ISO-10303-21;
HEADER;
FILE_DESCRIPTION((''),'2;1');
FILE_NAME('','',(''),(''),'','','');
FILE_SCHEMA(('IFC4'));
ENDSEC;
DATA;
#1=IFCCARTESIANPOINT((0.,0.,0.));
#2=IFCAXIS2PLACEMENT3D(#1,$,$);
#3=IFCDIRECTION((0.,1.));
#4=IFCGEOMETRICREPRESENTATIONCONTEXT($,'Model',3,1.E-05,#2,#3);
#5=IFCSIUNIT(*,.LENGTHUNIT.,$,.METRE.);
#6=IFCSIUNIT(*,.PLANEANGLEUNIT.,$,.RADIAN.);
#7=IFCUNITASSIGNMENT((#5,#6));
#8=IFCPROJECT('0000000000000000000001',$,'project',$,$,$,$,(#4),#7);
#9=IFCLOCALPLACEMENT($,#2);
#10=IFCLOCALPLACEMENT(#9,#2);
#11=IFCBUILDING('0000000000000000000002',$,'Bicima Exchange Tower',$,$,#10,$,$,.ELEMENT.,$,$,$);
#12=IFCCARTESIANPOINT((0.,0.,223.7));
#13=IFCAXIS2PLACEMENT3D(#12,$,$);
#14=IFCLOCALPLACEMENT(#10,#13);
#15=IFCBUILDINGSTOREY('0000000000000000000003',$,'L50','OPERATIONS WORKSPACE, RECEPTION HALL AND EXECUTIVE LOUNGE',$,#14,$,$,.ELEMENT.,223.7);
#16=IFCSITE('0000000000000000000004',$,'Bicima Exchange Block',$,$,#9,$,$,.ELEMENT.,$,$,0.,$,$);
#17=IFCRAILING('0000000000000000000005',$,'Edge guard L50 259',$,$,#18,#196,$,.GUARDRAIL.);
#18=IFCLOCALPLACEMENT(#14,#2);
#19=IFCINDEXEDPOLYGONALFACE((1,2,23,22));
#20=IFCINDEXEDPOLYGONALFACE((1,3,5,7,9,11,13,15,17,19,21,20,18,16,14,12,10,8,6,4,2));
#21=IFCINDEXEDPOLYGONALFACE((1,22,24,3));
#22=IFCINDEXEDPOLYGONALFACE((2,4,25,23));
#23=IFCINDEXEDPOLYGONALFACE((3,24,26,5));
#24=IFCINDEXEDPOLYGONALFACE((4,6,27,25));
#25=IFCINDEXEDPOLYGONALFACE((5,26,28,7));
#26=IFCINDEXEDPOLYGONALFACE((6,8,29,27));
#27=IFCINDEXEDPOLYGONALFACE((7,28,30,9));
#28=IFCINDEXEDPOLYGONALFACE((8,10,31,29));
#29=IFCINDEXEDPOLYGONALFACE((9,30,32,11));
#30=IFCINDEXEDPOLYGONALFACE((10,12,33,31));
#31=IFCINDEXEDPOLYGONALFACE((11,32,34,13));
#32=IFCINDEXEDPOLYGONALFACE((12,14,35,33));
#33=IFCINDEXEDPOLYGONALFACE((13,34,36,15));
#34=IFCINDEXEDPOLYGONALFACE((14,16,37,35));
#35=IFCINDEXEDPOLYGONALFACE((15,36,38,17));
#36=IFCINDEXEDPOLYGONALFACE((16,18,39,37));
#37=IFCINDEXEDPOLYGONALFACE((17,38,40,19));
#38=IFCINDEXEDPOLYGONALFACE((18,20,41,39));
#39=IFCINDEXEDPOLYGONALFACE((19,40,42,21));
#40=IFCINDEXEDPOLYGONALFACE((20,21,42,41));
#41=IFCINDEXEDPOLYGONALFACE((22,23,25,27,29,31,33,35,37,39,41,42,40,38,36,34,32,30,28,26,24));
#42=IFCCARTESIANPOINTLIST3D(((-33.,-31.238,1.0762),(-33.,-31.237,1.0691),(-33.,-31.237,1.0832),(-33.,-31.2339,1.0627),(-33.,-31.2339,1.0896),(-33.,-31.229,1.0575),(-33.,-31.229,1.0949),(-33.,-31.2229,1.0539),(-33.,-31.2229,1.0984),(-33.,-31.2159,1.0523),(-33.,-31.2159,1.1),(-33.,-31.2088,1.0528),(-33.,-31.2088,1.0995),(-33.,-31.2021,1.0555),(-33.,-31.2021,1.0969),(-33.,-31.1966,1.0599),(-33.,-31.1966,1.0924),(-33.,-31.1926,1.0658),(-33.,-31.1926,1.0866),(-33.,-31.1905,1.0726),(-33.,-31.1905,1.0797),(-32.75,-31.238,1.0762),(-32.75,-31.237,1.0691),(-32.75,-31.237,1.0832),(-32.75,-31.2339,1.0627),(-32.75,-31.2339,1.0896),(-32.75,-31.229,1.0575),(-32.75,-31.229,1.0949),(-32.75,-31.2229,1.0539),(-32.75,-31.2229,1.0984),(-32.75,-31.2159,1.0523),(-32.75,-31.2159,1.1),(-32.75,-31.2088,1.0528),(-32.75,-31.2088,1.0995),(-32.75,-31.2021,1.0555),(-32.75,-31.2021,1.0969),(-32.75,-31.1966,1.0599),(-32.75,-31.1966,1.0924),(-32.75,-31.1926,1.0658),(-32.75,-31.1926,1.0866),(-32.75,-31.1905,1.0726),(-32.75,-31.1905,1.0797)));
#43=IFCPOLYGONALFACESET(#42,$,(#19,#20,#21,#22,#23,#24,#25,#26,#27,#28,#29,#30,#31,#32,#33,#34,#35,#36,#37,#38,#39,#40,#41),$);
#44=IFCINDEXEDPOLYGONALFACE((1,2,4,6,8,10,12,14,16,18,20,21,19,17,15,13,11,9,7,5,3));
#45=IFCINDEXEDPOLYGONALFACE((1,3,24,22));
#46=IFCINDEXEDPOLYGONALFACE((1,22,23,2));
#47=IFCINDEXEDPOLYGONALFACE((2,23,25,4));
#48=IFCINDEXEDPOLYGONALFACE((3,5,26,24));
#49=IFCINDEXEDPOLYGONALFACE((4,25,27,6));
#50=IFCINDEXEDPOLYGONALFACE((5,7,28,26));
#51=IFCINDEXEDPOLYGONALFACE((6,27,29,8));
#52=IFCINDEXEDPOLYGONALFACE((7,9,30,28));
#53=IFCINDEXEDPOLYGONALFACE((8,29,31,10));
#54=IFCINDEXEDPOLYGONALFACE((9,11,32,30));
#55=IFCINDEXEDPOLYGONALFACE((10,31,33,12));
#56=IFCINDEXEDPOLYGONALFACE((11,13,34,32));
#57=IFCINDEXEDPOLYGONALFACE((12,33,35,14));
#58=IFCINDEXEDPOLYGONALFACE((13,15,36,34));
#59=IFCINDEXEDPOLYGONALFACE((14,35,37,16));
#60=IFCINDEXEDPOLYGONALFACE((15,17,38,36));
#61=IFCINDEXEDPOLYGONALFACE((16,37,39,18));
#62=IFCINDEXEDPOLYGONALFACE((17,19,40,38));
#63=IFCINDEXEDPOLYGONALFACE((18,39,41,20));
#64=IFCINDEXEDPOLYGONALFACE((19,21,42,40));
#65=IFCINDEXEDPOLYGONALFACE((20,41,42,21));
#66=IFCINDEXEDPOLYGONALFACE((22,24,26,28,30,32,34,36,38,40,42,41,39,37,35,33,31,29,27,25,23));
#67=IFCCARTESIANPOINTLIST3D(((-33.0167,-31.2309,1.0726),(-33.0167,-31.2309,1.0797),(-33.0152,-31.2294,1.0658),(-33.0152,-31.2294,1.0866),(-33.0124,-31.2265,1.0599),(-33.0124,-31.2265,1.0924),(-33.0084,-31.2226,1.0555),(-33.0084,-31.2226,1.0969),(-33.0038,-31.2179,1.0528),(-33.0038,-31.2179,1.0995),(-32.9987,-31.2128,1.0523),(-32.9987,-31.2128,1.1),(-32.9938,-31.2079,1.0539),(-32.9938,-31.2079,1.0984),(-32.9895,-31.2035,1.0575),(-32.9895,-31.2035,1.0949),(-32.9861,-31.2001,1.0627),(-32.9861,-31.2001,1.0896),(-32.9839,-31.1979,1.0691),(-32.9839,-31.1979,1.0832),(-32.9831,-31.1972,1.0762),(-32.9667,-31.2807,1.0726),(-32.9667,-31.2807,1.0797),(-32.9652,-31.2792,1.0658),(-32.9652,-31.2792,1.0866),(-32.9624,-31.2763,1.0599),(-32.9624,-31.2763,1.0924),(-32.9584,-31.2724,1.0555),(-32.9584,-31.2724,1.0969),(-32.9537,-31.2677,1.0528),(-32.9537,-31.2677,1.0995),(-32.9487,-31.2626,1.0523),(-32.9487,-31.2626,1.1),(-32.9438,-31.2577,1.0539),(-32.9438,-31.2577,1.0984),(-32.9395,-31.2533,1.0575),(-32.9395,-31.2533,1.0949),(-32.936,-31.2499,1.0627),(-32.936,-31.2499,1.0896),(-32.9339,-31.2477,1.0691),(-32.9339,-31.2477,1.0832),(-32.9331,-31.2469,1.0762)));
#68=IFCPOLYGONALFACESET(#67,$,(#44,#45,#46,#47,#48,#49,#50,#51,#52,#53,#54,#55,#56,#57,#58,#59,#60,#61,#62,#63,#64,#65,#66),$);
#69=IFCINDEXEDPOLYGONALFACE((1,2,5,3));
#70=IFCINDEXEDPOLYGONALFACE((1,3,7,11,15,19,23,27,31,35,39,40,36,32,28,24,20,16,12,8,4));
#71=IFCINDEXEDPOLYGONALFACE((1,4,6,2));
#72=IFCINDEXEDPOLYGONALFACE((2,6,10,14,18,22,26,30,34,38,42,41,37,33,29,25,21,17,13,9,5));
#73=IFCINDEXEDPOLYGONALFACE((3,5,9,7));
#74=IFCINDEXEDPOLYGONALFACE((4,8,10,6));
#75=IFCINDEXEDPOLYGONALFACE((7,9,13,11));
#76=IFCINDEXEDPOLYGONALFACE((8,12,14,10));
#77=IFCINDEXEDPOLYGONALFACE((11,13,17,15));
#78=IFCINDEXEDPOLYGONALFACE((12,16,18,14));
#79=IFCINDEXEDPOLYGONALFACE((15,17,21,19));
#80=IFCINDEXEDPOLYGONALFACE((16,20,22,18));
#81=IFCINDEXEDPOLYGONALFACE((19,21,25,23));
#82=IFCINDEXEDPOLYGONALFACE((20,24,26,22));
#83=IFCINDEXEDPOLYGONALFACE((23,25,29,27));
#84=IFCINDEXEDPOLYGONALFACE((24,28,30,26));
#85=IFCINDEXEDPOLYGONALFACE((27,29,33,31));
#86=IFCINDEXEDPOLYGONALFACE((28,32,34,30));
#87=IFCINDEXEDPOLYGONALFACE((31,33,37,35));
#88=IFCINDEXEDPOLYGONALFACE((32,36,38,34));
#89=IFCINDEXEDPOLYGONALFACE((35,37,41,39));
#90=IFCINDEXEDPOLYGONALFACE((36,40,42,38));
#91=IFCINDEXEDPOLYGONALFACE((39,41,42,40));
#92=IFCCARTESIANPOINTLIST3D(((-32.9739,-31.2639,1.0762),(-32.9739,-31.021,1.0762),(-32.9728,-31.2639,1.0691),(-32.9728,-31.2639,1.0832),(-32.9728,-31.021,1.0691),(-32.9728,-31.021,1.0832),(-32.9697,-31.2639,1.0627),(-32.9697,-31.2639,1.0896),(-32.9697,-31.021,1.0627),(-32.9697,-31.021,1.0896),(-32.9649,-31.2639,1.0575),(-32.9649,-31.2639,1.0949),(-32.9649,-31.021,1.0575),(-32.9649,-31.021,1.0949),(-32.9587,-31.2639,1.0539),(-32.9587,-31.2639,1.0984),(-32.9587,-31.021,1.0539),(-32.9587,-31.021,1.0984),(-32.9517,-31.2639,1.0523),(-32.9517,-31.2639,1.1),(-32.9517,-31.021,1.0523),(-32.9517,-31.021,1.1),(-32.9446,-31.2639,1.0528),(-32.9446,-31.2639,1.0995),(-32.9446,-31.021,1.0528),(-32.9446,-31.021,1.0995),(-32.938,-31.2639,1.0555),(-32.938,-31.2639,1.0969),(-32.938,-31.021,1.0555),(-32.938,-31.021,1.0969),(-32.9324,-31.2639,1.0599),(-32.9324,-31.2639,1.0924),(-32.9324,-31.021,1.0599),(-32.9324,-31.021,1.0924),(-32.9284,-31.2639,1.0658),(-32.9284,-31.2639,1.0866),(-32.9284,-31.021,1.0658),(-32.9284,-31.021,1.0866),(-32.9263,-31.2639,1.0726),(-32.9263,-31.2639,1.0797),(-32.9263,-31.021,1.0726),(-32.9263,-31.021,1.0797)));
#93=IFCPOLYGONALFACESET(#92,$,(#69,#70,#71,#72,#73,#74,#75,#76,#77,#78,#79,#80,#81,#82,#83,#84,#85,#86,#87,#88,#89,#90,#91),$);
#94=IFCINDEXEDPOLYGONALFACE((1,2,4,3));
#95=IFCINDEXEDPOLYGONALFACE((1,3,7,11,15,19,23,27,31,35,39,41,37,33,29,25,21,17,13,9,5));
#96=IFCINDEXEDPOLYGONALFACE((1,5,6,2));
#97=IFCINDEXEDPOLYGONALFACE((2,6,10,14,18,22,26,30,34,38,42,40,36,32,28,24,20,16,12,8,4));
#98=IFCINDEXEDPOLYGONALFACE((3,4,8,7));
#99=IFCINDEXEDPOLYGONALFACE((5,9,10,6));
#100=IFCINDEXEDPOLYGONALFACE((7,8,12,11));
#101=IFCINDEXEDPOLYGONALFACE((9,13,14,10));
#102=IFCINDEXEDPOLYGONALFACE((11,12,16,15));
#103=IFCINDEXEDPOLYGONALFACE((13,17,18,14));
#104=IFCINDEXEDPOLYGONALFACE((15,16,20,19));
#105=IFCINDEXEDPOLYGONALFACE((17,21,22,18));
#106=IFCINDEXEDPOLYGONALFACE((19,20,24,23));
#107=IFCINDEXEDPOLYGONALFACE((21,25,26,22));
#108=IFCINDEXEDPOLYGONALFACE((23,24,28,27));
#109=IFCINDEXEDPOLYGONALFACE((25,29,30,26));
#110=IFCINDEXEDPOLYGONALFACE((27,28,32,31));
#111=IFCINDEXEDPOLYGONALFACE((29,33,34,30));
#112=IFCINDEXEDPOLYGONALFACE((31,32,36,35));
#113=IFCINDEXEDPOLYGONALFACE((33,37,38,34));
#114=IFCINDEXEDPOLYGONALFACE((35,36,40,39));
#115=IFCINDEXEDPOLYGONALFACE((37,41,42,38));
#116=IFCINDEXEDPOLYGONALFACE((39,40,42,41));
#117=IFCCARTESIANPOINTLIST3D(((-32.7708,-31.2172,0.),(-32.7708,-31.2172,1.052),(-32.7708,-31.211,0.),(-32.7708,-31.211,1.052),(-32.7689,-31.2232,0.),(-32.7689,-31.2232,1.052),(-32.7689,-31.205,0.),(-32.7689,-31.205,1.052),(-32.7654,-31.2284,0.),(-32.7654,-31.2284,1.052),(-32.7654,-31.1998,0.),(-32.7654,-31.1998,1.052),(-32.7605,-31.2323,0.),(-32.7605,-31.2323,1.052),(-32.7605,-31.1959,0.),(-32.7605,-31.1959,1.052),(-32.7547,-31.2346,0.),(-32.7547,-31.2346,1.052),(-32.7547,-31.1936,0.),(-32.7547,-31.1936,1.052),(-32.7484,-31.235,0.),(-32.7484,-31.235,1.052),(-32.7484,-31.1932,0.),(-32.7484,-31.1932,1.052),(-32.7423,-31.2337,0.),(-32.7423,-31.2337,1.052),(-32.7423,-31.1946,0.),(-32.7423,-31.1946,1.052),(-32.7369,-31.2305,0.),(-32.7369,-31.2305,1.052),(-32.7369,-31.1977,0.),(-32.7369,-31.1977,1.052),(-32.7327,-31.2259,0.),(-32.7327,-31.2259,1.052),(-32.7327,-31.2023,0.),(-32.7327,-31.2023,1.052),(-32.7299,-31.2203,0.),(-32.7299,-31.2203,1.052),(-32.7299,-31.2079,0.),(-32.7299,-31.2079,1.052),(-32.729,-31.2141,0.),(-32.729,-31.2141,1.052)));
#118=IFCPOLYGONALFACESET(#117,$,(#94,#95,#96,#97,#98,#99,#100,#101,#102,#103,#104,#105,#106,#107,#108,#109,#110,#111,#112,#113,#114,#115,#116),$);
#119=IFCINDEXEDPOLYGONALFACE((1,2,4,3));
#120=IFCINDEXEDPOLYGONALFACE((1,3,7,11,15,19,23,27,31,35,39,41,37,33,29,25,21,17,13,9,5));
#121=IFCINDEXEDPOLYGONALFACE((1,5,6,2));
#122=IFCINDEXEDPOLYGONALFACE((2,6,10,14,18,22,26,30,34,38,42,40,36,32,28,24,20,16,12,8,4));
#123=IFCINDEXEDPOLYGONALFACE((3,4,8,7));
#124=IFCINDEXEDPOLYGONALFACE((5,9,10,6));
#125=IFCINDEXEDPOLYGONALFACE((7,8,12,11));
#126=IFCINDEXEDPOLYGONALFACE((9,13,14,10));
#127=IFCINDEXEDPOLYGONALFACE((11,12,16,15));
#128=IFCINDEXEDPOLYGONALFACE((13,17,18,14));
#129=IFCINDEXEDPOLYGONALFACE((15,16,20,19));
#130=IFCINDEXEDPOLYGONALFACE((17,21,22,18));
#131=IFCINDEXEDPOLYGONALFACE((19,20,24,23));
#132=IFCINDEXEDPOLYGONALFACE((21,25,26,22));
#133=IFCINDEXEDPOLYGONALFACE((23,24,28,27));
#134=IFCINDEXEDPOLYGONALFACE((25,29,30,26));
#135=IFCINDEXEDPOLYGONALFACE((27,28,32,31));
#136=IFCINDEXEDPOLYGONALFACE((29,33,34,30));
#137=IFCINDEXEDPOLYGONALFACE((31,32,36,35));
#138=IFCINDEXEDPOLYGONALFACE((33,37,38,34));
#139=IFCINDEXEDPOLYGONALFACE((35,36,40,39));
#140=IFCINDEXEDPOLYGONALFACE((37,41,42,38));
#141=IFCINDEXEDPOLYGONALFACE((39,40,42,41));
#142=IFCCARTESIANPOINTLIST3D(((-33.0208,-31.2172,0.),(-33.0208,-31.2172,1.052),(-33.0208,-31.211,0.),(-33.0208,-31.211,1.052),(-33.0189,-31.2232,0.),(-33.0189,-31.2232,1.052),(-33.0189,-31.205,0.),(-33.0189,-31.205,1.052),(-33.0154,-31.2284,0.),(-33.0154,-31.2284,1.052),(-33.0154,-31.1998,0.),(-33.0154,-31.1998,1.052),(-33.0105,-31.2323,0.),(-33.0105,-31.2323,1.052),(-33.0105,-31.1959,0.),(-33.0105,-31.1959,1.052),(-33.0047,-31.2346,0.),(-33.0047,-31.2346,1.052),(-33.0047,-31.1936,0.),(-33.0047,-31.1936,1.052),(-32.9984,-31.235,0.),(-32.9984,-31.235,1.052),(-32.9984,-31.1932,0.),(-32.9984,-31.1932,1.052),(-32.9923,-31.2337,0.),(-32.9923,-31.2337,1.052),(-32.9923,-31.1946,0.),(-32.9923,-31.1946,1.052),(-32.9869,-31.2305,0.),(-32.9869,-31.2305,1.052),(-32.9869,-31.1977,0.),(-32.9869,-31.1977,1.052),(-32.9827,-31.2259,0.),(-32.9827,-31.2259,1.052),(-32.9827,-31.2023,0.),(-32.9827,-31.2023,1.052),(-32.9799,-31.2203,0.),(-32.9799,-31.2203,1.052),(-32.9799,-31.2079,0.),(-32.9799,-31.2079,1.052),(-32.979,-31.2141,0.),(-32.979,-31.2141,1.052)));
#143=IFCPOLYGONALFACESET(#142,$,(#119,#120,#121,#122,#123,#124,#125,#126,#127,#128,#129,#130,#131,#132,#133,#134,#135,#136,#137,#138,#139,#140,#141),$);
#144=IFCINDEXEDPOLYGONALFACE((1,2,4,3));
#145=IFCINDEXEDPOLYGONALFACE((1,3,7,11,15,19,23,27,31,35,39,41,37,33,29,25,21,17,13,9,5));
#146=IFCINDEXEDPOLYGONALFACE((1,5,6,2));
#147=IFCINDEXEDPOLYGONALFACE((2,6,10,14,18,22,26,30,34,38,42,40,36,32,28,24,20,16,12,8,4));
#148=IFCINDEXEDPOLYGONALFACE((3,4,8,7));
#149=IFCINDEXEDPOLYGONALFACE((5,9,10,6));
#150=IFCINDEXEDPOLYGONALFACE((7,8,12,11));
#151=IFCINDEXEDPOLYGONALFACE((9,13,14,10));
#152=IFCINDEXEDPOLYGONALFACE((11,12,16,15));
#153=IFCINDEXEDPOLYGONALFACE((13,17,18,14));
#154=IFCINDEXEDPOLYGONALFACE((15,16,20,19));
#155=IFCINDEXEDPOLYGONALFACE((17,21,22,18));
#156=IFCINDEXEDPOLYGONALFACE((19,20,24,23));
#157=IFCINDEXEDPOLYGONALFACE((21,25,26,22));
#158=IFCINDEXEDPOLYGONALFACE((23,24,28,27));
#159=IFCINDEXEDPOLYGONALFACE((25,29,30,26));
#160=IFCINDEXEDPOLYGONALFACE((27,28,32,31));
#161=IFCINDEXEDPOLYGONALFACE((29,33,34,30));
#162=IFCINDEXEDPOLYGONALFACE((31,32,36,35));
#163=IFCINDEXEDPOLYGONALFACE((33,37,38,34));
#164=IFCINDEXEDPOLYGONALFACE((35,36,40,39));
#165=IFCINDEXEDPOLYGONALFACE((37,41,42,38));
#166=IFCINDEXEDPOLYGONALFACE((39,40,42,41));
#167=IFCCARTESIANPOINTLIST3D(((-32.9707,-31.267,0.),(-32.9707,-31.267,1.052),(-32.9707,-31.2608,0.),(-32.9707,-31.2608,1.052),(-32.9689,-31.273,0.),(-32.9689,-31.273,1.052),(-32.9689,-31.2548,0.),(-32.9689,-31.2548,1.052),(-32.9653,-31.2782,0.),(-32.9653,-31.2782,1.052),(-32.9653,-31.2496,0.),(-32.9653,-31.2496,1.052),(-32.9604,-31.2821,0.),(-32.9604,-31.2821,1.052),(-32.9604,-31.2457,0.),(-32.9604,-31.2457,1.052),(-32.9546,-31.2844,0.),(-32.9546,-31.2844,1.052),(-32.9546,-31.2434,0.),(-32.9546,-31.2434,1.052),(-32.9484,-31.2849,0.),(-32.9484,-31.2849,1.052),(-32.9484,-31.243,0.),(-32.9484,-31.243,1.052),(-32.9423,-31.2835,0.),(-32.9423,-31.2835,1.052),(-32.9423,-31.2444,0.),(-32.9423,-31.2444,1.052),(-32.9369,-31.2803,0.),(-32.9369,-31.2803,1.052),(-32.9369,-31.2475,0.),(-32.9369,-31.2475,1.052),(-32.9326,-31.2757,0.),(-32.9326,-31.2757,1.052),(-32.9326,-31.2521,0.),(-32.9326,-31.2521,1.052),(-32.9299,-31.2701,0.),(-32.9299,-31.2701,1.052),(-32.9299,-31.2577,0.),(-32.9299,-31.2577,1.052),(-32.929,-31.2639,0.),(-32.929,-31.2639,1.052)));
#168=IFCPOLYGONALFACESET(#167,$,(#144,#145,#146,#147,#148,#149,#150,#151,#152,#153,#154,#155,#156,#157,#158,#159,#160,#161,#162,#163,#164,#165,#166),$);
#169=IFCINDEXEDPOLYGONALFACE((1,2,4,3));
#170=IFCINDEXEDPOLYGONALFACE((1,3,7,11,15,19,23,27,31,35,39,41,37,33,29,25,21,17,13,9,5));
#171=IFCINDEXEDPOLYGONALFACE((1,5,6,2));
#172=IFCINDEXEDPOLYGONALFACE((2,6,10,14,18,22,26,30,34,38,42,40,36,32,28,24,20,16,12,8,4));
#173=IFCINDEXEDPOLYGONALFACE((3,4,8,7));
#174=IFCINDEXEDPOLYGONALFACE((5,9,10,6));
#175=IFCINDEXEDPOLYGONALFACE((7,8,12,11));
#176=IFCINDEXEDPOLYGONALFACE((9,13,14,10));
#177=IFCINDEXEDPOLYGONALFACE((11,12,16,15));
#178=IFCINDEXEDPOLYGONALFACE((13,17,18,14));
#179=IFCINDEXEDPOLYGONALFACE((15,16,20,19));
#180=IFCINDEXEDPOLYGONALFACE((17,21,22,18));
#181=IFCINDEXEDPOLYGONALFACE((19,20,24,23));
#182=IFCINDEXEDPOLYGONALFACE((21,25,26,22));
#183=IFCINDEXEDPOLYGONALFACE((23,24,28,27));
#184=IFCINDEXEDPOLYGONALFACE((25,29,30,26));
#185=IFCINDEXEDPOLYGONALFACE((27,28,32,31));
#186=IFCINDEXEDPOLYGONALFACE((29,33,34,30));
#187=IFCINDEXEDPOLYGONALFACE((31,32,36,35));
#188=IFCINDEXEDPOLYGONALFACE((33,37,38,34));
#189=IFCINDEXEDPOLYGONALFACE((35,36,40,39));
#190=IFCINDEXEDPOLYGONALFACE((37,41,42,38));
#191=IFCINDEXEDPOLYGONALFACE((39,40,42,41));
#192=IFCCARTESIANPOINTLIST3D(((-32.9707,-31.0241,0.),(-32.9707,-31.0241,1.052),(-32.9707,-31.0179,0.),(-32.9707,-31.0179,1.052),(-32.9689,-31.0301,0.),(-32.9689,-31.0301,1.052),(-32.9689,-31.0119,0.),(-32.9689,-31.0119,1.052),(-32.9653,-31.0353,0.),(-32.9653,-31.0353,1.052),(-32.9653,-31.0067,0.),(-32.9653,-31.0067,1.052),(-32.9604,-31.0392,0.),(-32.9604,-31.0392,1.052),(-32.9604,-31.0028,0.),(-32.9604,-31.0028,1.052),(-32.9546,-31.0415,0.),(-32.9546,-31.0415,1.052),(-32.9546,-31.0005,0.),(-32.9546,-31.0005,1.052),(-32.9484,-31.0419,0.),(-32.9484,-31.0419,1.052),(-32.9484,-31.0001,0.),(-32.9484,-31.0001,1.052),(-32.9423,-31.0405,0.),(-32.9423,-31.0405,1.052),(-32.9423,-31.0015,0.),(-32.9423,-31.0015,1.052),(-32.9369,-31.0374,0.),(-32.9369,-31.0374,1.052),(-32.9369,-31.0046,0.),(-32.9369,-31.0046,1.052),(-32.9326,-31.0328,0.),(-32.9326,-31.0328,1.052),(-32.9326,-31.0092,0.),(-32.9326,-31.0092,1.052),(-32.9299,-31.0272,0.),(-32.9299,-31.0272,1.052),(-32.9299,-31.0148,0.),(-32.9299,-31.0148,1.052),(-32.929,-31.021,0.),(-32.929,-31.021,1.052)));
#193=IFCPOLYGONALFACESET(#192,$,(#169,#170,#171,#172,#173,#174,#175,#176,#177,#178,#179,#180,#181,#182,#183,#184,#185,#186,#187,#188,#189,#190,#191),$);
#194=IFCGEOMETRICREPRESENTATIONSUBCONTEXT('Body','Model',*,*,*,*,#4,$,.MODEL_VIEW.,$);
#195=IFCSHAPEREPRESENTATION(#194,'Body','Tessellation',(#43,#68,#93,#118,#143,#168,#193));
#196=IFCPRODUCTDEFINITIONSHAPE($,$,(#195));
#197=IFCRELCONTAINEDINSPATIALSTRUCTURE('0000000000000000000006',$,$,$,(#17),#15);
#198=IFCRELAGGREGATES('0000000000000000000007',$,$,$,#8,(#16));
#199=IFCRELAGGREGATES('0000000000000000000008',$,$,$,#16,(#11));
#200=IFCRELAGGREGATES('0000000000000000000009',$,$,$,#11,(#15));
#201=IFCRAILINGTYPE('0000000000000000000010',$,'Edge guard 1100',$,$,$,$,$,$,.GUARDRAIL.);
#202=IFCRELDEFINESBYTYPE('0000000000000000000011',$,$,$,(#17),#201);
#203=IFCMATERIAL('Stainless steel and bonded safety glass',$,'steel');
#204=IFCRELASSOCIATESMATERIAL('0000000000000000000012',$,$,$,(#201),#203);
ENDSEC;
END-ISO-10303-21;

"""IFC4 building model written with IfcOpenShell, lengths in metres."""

from ifc_helpers import new_model, si_unit, direction, frame, origin, origin_2d, place, context, subcontext, project, spatial, circle, extrude, material, type_object, element, save


model = new_model("IFC4")

# Units and contexts
model_context = context("Model", 3, precision=1e-05, world=origin(), true_north=direction((0.0, 1.0)))
body_context = subcontext(model_context, "Body", "Model", "MODEL_VIEW")
ifc_project = project(units=[si_unit("LENGTHUNIT", "METRE"), si_unit("PLANEANGLEUNIT", "RADIAN")], contexts=[model_context])

# Site, building, storey
site_placement = place(None, origin())
site = spatial("IfcSite", under=ifc_project, at=site_placement, Name="Bicima Exchange Block", CompositionType="ELEMENT", RefElevation=0.0)
building_placement = place(site_placement, origin())
building = spatial("IfcBuilding", under=site, at=building_placement, Name="Bicima Exchange Tower", CompositionType="ELEMENT")
storey_placement = place(building_placement, frame((0.0, 0.0, 223.7)))
storey = spatial("IfcBuildingStorey", under=building, at=storey_placement, Name="L50", Description="OPERATIONS WORKSPACE, RECEPTION HALL AND EXECUTIVE LOUNGE", CompositionType="ELEMENT", Elevation=223.7)

# Railing
ifc_material_1 = material(Name="Stainless steel and bonded safety glass", Category="steel")
railing_type = type_object("IfcRailingType", Name="Edge guard 1100", PredefinedType="GUARDRAIL", material=ifc_material_1)
railing_1_placement = place(storey_placement, frame((-32.75, -31.2141, 0.0)))
element("IfcRailing", 1, at=railing_1_placement, inside=storey, type_object=railing_type, Name="Edge guard L50 259", PredefinedType="GUARDRAIL", context=body_context, shape_type="SweptSolid", body=[
    extrude(circle(Radius=0.0239, at=origin_2d()), frame((0.0, 0.0, 1.0762), z_axis=(-1.0, 0.0, 0.0), x_axis=(0.0, -1.0, 0.0)), (0.0, 0.0, 1.0), 0.25),
    extrude(circle(Radius=0.0239, at=origin_2d()), frame((-0.25, 0.0, 1.0762), z_axis=(0.708834, -0.705376, 0.0), x_axis=(0.705376, 0.708834, 0.0)), (0.0, 0.0, 1.0), 0.0706),
    extrude(circle(Radius=0.0239, at=origin_2d()), frame((-0.2, -0.0498, 1.0762), z_axis=(0.0, 1.0, 0.0), x_axis=(-1.0, 0.0, 0.0)), (0.0, 0.0, 1.0), 0.2429),
    extrude(circle(Radius=0.021, at=origin_2d()), origin(), (0.0, 0.0, 1.0), 1.052),
    extrude(circle(Radius=0.021, at=origin_2d()), frame((-0.25, 0.0, 0.0)), (0.0, 0.0, 1.0), 1.052),
    extrude(circle(Radius=0.021, at=origin_2d()), frame((-0.2, -0.0498, 0.0)), (0.0, 0.0, 1.0), 1.052),
    extrude(circle(Radius=0.021, at=origin_2d()), frame((-0.2, 0.1931, 0.0)), (0.0, 0.0, 1.0), 1.052),
])

save(model, "model.ifc")
